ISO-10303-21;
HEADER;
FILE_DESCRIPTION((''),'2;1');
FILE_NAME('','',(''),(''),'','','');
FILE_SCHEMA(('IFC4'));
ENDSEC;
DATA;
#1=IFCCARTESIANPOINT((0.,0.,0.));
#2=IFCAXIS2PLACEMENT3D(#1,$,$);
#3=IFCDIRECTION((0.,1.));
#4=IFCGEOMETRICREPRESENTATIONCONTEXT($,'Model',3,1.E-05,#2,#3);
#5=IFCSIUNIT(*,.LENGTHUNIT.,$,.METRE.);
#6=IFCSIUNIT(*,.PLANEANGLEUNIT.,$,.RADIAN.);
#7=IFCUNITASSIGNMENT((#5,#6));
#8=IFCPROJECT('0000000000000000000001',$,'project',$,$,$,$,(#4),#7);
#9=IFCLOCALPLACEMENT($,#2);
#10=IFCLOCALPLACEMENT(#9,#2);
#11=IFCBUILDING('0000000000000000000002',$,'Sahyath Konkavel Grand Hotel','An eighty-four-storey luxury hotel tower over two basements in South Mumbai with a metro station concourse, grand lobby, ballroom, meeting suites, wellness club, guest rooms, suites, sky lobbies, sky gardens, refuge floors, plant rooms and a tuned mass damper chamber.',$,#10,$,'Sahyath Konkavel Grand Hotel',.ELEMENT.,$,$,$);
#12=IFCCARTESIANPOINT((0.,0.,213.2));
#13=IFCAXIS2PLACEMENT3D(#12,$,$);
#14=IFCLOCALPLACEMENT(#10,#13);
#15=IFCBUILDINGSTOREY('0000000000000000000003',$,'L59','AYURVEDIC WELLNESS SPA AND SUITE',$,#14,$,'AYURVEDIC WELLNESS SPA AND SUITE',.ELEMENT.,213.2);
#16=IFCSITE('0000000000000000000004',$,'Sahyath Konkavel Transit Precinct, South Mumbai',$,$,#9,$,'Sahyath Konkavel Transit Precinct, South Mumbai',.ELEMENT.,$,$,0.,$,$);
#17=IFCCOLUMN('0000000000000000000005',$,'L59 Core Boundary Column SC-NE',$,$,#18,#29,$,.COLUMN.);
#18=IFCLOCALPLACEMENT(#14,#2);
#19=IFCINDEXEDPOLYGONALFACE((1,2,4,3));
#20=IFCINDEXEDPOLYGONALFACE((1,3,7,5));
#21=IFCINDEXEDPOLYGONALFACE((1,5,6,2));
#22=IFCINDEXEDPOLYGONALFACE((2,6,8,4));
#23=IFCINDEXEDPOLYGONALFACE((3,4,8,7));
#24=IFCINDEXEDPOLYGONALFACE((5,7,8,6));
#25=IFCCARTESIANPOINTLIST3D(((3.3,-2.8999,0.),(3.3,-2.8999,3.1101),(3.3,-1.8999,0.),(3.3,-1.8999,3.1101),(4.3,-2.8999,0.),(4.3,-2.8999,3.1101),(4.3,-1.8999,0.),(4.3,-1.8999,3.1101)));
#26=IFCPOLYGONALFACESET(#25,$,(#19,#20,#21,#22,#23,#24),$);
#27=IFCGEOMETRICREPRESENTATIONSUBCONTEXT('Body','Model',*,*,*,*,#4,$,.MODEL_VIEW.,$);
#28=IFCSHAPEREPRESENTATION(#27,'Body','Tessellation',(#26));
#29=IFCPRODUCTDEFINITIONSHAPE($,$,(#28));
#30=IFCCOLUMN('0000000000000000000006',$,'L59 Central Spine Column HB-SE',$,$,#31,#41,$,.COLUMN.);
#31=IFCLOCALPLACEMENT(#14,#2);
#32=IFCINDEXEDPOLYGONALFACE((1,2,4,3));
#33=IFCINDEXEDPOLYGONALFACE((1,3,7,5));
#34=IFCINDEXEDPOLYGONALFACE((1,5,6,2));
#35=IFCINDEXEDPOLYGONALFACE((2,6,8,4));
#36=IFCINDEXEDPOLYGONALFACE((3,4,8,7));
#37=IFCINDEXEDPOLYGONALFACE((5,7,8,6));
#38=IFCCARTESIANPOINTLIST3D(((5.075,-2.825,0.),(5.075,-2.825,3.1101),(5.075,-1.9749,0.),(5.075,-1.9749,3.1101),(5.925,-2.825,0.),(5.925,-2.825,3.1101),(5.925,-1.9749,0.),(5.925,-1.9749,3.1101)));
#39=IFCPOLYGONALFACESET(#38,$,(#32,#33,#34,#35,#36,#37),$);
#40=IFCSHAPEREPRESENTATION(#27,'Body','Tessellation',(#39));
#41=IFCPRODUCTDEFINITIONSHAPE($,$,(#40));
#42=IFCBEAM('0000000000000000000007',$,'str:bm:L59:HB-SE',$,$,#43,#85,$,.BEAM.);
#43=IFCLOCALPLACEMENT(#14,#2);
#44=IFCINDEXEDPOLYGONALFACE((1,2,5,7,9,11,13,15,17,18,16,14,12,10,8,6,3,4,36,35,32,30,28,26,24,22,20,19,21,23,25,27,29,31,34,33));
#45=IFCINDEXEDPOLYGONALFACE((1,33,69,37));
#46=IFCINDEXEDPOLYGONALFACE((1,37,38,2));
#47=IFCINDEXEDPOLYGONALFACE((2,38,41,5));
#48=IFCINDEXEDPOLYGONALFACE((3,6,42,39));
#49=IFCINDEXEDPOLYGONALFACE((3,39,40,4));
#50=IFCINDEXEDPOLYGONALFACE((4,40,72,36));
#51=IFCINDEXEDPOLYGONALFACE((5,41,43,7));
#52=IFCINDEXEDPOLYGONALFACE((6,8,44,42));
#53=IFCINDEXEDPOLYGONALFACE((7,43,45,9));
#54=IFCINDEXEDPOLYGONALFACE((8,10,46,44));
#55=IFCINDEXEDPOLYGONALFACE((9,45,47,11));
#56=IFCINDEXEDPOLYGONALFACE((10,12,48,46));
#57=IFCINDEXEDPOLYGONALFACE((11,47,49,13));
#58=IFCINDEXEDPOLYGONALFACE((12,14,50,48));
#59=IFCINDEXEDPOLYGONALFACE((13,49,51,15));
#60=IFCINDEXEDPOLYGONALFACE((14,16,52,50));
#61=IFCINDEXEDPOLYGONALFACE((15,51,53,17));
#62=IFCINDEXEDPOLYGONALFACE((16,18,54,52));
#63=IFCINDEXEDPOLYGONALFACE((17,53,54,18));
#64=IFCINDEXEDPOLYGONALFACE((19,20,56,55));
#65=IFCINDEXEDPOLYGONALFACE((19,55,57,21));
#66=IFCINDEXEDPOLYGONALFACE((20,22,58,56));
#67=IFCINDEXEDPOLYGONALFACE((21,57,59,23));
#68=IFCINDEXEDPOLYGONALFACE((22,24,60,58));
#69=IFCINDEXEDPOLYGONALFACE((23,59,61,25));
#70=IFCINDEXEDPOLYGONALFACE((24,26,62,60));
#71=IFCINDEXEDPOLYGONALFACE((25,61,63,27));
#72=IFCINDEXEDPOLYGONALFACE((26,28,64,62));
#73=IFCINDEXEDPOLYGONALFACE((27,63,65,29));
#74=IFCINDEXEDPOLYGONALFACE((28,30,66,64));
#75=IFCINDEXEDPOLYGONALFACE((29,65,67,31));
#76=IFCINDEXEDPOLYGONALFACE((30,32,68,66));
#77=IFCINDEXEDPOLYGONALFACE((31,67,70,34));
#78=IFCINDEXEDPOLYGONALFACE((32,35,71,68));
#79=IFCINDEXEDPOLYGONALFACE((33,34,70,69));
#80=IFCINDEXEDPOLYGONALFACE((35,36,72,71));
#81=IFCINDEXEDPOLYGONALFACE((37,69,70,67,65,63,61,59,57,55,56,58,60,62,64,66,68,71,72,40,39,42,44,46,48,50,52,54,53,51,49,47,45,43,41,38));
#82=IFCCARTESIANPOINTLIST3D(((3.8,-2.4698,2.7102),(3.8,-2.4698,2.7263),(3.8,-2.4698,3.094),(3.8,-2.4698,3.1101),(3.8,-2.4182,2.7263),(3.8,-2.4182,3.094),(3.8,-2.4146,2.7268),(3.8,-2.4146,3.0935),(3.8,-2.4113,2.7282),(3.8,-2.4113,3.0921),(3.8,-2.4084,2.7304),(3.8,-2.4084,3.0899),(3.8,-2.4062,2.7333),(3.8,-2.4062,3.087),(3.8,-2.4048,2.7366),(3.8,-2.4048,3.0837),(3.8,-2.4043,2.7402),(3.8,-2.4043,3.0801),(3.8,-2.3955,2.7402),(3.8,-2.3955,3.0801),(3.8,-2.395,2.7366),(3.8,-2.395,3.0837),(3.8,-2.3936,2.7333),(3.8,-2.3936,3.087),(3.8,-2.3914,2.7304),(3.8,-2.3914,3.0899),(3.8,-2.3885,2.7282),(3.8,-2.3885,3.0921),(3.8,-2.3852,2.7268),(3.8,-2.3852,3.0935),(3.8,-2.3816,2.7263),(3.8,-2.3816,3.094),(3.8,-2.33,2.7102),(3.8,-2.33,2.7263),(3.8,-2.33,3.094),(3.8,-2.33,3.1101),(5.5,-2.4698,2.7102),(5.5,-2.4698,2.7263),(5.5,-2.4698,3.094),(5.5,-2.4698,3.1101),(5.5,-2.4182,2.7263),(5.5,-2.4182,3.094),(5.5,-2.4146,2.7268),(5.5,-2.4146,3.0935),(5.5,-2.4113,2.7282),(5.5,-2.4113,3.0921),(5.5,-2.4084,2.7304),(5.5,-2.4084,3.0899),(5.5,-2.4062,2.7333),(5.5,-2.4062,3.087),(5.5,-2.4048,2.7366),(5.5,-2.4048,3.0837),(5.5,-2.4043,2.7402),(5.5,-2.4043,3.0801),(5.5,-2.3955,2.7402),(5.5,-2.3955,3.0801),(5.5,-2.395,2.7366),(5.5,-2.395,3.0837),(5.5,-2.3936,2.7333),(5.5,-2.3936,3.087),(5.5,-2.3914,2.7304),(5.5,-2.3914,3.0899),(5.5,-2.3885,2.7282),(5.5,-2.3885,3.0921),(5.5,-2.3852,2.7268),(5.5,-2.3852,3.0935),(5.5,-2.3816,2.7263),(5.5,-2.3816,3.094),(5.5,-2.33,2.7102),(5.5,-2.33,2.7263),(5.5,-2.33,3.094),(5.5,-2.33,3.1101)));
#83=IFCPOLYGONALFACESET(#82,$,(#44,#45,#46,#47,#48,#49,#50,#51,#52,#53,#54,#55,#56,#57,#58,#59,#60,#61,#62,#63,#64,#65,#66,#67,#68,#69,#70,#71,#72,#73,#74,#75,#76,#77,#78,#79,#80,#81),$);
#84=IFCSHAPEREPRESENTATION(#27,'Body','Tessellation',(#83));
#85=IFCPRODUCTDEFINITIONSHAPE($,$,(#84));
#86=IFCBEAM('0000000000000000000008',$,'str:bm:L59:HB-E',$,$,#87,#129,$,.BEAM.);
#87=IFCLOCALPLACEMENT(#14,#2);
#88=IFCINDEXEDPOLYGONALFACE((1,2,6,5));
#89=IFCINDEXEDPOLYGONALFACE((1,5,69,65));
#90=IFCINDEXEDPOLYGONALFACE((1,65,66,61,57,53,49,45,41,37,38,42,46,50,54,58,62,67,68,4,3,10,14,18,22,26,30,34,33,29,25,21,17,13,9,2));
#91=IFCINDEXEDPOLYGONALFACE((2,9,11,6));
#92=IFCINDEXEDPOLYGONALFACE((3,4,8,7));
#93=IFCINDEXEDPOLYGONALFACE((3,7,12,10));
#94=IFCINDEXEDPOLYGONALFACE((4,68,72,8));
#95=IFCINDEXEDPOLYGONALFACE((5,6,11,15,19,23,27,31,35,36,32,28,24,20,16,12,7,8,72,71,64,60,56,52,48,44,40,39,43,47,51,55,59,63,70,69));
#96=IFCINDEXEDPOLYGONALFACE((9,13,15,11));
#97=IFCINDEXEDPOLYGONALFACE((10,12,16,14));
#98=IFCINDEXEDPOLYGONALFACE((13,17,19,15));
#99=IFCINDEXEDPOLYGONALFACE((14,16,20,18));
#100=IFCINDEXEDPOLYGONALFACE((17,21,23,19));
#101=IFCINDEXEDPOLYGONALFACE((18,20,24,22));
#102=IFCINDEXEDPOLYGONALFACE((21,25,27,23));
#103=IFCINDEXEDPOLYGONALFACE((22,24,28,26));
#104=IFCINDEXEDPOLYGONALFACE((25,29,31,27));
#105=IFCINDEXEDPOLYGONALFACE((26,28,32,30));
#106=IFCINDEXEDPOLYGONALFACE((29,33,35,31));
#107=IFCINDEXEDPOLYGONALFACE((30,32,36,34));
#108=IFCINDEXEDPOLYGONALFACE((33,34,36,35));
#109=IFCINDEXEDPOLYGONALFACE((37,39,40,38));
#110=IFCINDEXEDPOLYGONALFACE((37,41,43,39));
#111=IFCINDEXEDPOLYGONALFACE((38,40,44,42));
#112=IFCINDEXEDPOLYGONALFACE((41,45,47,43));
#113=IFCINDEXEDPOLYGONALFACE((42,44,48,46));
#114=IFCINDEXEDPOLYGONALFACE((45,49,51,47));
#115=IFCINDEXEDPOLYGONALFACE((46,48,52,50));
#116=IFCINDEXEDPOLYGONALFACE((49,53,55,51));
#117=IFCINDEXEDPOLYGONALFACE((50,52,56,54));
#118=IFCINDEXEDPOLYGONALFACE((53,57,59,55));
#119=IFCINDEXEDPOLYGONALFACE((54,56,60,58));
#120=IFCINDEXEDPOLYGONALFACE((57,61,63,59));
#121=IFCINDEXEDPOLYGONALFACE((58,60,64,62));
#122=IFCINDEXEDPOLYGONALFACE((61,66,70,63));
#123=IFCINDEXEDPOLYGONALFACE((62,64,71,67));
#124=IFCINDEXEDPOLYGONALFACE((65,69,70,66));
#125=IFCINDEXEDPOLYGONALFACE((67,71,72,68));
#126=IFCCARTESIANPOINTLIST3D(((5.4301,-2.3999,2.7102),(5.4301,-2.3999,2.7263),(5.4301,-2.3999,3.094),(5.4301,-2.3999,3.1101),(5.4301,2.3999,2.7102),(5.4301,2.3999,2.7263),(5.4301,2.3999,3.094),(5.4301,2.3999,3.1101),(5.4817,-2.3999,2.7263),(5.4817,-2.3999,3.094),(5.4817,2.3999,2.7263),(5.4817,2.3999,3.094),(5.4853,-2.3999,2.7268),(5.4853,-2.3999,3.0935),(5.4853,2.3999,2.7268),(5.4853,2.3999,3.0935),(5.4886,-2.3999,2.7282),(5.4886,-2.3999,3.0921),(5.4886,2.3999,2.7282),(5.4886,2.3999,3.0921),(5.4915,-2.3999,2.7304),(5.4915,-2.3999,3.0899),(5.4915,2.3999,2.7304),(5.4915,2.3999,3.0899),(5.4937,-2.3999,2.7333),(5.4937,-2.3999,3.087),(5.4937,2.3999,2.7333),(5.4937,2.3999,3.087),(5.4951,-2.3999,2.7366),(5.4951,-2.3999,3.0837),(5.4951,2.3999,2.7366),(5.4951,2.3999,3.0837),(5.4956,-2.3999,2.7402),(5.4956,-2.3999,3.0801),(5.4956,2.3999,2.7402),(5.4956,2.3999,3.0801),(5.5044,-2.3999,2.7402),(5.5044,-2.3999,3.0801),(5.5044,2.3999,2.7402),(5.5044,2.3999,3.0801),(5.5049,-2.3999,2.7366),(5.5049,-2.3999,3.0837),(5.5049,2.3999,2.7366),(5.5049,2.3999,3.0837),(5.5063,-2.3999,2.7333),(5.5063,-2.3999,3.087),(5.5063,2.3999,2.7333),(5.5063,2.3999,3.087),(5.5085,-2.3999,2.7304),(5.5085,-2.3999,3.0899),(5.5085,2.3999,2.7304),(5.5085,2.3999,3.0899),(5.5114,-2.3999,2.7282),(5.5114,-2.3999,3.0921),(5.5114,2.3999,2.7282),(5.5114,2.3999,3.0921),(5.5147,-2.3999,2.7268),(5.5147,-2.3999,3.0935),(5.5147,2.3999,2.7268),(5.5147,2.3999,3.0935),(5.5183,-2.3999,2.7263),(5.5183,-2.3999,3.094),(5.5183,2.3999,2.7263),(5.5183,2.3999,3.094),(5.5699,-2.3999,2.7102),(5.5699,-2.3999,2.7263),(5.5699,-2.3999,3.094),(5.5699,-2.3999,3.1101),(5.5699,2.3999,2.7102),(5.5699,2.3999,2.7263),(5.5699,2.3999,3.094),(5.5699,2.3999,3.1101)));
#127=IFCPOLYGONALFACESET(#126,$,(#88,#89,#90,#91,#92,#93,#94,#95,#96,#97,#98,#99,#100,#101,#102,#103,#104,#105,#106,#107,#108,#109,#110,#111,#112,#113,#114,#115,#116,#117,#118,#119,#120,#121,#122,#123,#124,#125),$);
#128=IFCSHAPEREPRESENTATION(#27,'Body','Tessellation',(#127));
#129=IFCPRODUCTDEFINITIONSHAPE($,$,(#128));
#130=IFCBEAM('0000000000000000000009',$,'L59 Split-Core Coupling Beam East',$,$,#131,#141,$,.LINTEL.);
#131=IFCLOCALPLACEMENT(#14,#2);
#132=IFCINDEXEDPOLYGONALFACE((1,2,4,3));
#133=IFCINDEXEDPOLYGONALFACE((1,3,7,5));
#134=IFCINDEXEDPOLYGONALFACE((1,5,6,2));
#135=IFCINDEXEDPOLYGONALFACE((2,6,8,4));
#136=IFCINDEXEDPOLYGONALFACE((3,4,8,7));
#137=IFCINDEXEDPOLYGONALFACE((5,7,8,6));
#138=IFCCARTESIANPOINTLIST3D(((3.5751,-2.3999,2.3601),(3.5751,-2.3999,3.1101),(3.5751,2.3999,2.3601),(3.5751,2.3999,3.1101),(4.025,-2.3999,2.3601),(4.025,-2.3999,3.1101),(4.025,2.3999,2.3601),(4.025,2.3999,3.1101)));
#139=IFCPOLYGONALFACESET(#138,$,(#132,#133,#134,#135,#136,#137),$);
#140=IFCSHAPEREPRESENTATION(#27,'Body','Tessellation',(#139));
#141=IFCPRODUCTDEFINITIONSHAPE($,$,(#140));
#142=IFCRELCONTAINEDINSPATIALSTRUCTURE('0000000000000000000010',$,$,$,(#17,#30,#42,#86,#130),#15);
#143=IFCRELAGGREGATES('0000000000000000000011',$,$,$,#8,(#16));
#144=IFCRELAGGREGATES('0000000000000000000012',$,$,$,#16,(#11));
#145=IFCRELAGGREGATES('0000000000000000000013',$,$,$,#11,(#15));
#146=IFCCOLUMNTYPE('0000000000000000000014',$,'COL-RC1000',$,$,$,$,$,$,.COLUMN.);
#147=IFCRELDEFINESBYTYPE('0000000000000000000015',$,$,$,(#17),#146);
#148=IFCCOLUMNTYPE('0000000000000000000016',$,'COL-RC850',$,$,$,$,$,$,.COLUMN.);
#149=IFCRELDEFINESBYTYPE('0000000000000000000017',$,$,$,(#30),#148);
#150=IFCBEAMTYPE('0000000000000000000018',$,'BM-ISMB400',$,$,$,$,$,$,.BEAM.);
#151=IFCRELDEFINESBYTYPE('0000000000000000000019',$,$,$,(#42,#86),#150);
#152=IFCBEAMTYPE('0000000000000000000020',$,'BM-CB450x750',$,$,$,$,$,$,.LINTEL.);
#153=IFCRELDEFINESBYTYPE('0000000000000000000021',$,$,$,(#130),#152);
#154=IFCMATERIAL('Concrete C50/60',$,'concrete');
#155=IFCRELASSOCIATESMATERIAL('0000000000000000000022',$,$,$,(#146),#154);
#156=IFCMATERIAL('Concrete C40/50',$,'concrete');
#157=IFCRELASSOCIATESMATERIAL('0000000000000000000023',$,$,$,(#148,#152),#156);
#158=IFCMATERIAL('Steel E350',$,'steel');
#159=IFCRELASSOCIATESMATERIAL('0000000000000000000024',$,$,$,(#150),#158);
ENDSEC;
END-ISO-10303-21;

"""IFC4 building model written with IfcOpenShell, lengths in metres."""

from ifc_helpers import new_model, si_unit, direction, frame, origin, origin_2d, place, context, subcontext, project, spatial, rectangle, i_section, extrude, source, transform, mapped, material, material_profile, profile_set, type_object, element, save


model = new_model("IFC4")

# Units and contexts
model_context = context("Model", 3, precision=1e-05, world=origin(), true_north=direction((0.0, 1.0)))
body_context = subcontext(model_context, "Body", "Model", "MODEL_VIEW")
ifc_project = project(units=[si_unit("LENGTHUNIT", "METRE"), si_unit("PLANEANGLEUNIT", "RADIAN")], contexts=[model_context])

# Site, building, storey
site_placement = place(None, origin())
site = spatial("IfcSite", under=ifc_project, at=site_placement, Name="Sahyath Konkavel Transit Precinct, South Mumbai", LongName="Sahyath Konkavel Transit Precinct, South Mumbai", CompositionType="ELEMENT", RefElevation=0.0)
building_placement = place(site_placement, origin())
building = spatial("IfcBuilding", under=site, at=building_placement, Name="Sahyath Konkavel Grand Hotel", Description="An eighty-four-storey luxury hotel tower over two basements in South Mumbai with a metro station concourse, grand lobby, ballroom, meeting suites, wellness club, guest rooms, suites, sky lobbies, sky gardens, refuge floors, plant rooms and a tuned mass damper chamber.", LongName="Sahyath Konkavel Grand Hotel", CompositionType="ELEMENT")
storey_placement = place(building_placement, frame((0.0, 0.0, 213.2)))
storey = spatial("IfcBuildingStorey", under=building, at=storey_placement, Name="L59", Description="AYURVEDIC WELLNESS SPA AND SUITE", LongName="AYURVEDIC WELLNESS SPA AND SUITE", CompositionType="ELEMENT", Elevation=213.2)

# Columns
ifc_material_1 = material(Name="Concrete C50/60", Category="concrete")
ifc_material_profile_1 = material_profile(ifc_material_1, rectangle(XDim=1.0, YDim=1.0, at=origin_2d()), Name="RC 1000x1000")
ifc_profile_set_1 = profile_set([ifc_material_profile_1], Name="Concrete C50/60")
column_type_1 = type_object("IfcColumnType", Name="COL-RC1000", PredefinedType="COLUMN", material=ifc_profile_set_1)
shared_shape_1 = source(origin(), body_context, "Body", "SweptSolid", [
    extrude(rectangle(XDim=1.0, YDim=1.0, at=origin_2d()), origin(), (0.0, 0.0, 1.0), 3.1101),
])
column_1_placement = place(storey_placement, frame((3.8, -2.3999, 0.0), z_axis=(0.0, 0.0, 1.0), x_axis=(1.0, 0.0, 0.0)))
element("IfcColumn", 1, at=column_1_placement, inside=storey, type_object=column_type_1, Name="L59 Core Boundary Column SC-NE", PredefinedType="COLUMN", context=body_context, shape_type="MappedRepresentation", body=[
    mapped(shared_shape_1, transform((0.0, 0.0, 0.0), scale=1.0)),
])
ifc_material_2 = material(Name="Concrete C40/50", Category="concrete")
ifc_material_profile_2 = material_profile(ifc_material_2, rectangle(XDim=0.8501, YDim=0.8501, at=origin_2d()), Name="RC 850x850")
ifc_profile_set_2 = profile_set([ifc_material_profile_2], Name="Concrete C40/50")
column_type_2 = type_object("IfcColumnType", Name="COL-RC850", PredefinedType="COLUMN", material=ifc_profile_set_2)
shared_shape_2 = source(origin(), body_context, "Body", "SweptSolid", [
    extrude(rectangle(XDim=0.8501, YDim=0.8501, at=origin_2d()), origin(), (0.0, 0.0, 1.0), 3.1101),
])
column_2_placement = place(storey_placement, frame((5.5, -2.3999, 0.0), z_axis=(0.0, 0.0, 1.0), x_axis=(1.0, 0.0, 0.0)))
element("IfcColumn", 2, at=column_2_placement, inside=storey, type_object=column_type_2, Name="L59 Central Spine Column HB-SE", PredefinedType="COLUMN", context=body_context, shape_type="MappedRepresentation", body=[
    mapped(shared_shape_2, transform((0.0, 0.0, 0.0), scale=1.0)),
])

# Beams
ifc_material_3 = material(Name="Steel E350", Category="steel")
ifc_material_profile_3 = material_profile(ifc_material_3, i_section(OverallWidth=0.1399, OverallDepth=0.3999, WebThickness=0.0088, FlangeThickness=0.0161, FilletRadius=0.0139, at=origin_2d()), Name="ISMB 400")
ifc_profile_set_3 = profile_set([ifc_material_profile_3], Name="Steel E350")
beam_type_1 = type_object("IfcBeamType", Name="BM-ISMB400", PredefinedType="BEAM", material=ifc_profile_set_3)
shared_shape_3 = source(origin(), body_context, "Body", "SweptSolid", [
    extrude(i_section(OverallWidth=0.1399, OverallDepth=0.3999, WebThickness=0.0088, FlangeThickness=0.0161, FilletRadius=0.0139, at=origin_2d()), origin(), (0.0, 0.0, 1.0), 1.7),
])
beam_1_placement = place(storey_placement, frame((3.8, -2.3999, 2.9102), z_axis=(1.0, 0.0, 0.0), x_axis=(0.0, 1.0, 0.0)))
element("IfcBeam", 3, at=beam_1_placement, inside=storey, type_object=beam_type_1, Name="str:bm:L59:HB-SE", PredefinedType="BEAM", context=body_context, shape_type="MappedRepresentation", body=[
    mapped(shared_shape_3, transform((0.0, 0.0, 0.0), scale=1.0)),
])
shared_shape_4 = source(origin(), body_context, "Body", "SweptSolid", [
    extrude(i_section(OverallWidth=0.1399, OverallDepth=0.3999, WebThickness=0.0088, FlangeThickness=0.0161, FilletRadius=0.0139, at=origin_2d()), origin(), (0.0, 0.0, 1.0), 4.7998),
])
beam_2_placement = place(storey_placement, frame((5.5, -2.3999, 2.9102), z_axis=(0.0, 1.0, 0.0), x_axis=(-1.0, 0.0, 0.0)))
element("IfcBeam", 4, at=beam_2_placement, inside=storey, type_object=beam_type_1, Name="str:bm:L59:HB-E", PredefinedType="BEAM", context=body_context, shape_type="MappedRepresentation", body=[
    mapped(shared_shape_4, transform((0.0, 0.0, 0.0), scale=1.0)),
])
ifc_material_profile_4 = material_profile(ifc_material_2, rectangle(XDim=0.45, YDim=0.75, at=origin_2d()), Name="RC 450x750")
ifc_profile_set_4 = profile_set([ifc_material_profile_4], Name="Concrete C40/50")
beam_type_2 = type_object("IfcBeamType", Name="BM-CB450x750", PredefinedType="LINTEL", material=ifc_profile_set_4)
shared_shape_5 = source(origin(), body_context, "Body", "SweptSolid", [
    extrude(rectangle(XDim=0.45, YDim=0.75, at=origin_2d()), origin(), (0.0, 0.0, 1.0), 4.7998),
])
beam_3_placement = place(storey_placement, frame((3.8, -2.3999, 2.7351), z_axis=(0.0, 1.0, 0.0), x_axis=(-1.0, 0.0, 0.0)))
element("IfcBeam", 5, at=beam_3_placement, inside=storey, type_object=beam_type_2, Name="L59 Split-Core Coupling Beam East", PredefinedType="LINTEL", context=body_context, shape_type="MappedRepresentation", body=[
    mapped(shared_shape_5, transform((0.0, 0.0, 0.0), scale=1.0)),
])

save(model, "model.ifc")
